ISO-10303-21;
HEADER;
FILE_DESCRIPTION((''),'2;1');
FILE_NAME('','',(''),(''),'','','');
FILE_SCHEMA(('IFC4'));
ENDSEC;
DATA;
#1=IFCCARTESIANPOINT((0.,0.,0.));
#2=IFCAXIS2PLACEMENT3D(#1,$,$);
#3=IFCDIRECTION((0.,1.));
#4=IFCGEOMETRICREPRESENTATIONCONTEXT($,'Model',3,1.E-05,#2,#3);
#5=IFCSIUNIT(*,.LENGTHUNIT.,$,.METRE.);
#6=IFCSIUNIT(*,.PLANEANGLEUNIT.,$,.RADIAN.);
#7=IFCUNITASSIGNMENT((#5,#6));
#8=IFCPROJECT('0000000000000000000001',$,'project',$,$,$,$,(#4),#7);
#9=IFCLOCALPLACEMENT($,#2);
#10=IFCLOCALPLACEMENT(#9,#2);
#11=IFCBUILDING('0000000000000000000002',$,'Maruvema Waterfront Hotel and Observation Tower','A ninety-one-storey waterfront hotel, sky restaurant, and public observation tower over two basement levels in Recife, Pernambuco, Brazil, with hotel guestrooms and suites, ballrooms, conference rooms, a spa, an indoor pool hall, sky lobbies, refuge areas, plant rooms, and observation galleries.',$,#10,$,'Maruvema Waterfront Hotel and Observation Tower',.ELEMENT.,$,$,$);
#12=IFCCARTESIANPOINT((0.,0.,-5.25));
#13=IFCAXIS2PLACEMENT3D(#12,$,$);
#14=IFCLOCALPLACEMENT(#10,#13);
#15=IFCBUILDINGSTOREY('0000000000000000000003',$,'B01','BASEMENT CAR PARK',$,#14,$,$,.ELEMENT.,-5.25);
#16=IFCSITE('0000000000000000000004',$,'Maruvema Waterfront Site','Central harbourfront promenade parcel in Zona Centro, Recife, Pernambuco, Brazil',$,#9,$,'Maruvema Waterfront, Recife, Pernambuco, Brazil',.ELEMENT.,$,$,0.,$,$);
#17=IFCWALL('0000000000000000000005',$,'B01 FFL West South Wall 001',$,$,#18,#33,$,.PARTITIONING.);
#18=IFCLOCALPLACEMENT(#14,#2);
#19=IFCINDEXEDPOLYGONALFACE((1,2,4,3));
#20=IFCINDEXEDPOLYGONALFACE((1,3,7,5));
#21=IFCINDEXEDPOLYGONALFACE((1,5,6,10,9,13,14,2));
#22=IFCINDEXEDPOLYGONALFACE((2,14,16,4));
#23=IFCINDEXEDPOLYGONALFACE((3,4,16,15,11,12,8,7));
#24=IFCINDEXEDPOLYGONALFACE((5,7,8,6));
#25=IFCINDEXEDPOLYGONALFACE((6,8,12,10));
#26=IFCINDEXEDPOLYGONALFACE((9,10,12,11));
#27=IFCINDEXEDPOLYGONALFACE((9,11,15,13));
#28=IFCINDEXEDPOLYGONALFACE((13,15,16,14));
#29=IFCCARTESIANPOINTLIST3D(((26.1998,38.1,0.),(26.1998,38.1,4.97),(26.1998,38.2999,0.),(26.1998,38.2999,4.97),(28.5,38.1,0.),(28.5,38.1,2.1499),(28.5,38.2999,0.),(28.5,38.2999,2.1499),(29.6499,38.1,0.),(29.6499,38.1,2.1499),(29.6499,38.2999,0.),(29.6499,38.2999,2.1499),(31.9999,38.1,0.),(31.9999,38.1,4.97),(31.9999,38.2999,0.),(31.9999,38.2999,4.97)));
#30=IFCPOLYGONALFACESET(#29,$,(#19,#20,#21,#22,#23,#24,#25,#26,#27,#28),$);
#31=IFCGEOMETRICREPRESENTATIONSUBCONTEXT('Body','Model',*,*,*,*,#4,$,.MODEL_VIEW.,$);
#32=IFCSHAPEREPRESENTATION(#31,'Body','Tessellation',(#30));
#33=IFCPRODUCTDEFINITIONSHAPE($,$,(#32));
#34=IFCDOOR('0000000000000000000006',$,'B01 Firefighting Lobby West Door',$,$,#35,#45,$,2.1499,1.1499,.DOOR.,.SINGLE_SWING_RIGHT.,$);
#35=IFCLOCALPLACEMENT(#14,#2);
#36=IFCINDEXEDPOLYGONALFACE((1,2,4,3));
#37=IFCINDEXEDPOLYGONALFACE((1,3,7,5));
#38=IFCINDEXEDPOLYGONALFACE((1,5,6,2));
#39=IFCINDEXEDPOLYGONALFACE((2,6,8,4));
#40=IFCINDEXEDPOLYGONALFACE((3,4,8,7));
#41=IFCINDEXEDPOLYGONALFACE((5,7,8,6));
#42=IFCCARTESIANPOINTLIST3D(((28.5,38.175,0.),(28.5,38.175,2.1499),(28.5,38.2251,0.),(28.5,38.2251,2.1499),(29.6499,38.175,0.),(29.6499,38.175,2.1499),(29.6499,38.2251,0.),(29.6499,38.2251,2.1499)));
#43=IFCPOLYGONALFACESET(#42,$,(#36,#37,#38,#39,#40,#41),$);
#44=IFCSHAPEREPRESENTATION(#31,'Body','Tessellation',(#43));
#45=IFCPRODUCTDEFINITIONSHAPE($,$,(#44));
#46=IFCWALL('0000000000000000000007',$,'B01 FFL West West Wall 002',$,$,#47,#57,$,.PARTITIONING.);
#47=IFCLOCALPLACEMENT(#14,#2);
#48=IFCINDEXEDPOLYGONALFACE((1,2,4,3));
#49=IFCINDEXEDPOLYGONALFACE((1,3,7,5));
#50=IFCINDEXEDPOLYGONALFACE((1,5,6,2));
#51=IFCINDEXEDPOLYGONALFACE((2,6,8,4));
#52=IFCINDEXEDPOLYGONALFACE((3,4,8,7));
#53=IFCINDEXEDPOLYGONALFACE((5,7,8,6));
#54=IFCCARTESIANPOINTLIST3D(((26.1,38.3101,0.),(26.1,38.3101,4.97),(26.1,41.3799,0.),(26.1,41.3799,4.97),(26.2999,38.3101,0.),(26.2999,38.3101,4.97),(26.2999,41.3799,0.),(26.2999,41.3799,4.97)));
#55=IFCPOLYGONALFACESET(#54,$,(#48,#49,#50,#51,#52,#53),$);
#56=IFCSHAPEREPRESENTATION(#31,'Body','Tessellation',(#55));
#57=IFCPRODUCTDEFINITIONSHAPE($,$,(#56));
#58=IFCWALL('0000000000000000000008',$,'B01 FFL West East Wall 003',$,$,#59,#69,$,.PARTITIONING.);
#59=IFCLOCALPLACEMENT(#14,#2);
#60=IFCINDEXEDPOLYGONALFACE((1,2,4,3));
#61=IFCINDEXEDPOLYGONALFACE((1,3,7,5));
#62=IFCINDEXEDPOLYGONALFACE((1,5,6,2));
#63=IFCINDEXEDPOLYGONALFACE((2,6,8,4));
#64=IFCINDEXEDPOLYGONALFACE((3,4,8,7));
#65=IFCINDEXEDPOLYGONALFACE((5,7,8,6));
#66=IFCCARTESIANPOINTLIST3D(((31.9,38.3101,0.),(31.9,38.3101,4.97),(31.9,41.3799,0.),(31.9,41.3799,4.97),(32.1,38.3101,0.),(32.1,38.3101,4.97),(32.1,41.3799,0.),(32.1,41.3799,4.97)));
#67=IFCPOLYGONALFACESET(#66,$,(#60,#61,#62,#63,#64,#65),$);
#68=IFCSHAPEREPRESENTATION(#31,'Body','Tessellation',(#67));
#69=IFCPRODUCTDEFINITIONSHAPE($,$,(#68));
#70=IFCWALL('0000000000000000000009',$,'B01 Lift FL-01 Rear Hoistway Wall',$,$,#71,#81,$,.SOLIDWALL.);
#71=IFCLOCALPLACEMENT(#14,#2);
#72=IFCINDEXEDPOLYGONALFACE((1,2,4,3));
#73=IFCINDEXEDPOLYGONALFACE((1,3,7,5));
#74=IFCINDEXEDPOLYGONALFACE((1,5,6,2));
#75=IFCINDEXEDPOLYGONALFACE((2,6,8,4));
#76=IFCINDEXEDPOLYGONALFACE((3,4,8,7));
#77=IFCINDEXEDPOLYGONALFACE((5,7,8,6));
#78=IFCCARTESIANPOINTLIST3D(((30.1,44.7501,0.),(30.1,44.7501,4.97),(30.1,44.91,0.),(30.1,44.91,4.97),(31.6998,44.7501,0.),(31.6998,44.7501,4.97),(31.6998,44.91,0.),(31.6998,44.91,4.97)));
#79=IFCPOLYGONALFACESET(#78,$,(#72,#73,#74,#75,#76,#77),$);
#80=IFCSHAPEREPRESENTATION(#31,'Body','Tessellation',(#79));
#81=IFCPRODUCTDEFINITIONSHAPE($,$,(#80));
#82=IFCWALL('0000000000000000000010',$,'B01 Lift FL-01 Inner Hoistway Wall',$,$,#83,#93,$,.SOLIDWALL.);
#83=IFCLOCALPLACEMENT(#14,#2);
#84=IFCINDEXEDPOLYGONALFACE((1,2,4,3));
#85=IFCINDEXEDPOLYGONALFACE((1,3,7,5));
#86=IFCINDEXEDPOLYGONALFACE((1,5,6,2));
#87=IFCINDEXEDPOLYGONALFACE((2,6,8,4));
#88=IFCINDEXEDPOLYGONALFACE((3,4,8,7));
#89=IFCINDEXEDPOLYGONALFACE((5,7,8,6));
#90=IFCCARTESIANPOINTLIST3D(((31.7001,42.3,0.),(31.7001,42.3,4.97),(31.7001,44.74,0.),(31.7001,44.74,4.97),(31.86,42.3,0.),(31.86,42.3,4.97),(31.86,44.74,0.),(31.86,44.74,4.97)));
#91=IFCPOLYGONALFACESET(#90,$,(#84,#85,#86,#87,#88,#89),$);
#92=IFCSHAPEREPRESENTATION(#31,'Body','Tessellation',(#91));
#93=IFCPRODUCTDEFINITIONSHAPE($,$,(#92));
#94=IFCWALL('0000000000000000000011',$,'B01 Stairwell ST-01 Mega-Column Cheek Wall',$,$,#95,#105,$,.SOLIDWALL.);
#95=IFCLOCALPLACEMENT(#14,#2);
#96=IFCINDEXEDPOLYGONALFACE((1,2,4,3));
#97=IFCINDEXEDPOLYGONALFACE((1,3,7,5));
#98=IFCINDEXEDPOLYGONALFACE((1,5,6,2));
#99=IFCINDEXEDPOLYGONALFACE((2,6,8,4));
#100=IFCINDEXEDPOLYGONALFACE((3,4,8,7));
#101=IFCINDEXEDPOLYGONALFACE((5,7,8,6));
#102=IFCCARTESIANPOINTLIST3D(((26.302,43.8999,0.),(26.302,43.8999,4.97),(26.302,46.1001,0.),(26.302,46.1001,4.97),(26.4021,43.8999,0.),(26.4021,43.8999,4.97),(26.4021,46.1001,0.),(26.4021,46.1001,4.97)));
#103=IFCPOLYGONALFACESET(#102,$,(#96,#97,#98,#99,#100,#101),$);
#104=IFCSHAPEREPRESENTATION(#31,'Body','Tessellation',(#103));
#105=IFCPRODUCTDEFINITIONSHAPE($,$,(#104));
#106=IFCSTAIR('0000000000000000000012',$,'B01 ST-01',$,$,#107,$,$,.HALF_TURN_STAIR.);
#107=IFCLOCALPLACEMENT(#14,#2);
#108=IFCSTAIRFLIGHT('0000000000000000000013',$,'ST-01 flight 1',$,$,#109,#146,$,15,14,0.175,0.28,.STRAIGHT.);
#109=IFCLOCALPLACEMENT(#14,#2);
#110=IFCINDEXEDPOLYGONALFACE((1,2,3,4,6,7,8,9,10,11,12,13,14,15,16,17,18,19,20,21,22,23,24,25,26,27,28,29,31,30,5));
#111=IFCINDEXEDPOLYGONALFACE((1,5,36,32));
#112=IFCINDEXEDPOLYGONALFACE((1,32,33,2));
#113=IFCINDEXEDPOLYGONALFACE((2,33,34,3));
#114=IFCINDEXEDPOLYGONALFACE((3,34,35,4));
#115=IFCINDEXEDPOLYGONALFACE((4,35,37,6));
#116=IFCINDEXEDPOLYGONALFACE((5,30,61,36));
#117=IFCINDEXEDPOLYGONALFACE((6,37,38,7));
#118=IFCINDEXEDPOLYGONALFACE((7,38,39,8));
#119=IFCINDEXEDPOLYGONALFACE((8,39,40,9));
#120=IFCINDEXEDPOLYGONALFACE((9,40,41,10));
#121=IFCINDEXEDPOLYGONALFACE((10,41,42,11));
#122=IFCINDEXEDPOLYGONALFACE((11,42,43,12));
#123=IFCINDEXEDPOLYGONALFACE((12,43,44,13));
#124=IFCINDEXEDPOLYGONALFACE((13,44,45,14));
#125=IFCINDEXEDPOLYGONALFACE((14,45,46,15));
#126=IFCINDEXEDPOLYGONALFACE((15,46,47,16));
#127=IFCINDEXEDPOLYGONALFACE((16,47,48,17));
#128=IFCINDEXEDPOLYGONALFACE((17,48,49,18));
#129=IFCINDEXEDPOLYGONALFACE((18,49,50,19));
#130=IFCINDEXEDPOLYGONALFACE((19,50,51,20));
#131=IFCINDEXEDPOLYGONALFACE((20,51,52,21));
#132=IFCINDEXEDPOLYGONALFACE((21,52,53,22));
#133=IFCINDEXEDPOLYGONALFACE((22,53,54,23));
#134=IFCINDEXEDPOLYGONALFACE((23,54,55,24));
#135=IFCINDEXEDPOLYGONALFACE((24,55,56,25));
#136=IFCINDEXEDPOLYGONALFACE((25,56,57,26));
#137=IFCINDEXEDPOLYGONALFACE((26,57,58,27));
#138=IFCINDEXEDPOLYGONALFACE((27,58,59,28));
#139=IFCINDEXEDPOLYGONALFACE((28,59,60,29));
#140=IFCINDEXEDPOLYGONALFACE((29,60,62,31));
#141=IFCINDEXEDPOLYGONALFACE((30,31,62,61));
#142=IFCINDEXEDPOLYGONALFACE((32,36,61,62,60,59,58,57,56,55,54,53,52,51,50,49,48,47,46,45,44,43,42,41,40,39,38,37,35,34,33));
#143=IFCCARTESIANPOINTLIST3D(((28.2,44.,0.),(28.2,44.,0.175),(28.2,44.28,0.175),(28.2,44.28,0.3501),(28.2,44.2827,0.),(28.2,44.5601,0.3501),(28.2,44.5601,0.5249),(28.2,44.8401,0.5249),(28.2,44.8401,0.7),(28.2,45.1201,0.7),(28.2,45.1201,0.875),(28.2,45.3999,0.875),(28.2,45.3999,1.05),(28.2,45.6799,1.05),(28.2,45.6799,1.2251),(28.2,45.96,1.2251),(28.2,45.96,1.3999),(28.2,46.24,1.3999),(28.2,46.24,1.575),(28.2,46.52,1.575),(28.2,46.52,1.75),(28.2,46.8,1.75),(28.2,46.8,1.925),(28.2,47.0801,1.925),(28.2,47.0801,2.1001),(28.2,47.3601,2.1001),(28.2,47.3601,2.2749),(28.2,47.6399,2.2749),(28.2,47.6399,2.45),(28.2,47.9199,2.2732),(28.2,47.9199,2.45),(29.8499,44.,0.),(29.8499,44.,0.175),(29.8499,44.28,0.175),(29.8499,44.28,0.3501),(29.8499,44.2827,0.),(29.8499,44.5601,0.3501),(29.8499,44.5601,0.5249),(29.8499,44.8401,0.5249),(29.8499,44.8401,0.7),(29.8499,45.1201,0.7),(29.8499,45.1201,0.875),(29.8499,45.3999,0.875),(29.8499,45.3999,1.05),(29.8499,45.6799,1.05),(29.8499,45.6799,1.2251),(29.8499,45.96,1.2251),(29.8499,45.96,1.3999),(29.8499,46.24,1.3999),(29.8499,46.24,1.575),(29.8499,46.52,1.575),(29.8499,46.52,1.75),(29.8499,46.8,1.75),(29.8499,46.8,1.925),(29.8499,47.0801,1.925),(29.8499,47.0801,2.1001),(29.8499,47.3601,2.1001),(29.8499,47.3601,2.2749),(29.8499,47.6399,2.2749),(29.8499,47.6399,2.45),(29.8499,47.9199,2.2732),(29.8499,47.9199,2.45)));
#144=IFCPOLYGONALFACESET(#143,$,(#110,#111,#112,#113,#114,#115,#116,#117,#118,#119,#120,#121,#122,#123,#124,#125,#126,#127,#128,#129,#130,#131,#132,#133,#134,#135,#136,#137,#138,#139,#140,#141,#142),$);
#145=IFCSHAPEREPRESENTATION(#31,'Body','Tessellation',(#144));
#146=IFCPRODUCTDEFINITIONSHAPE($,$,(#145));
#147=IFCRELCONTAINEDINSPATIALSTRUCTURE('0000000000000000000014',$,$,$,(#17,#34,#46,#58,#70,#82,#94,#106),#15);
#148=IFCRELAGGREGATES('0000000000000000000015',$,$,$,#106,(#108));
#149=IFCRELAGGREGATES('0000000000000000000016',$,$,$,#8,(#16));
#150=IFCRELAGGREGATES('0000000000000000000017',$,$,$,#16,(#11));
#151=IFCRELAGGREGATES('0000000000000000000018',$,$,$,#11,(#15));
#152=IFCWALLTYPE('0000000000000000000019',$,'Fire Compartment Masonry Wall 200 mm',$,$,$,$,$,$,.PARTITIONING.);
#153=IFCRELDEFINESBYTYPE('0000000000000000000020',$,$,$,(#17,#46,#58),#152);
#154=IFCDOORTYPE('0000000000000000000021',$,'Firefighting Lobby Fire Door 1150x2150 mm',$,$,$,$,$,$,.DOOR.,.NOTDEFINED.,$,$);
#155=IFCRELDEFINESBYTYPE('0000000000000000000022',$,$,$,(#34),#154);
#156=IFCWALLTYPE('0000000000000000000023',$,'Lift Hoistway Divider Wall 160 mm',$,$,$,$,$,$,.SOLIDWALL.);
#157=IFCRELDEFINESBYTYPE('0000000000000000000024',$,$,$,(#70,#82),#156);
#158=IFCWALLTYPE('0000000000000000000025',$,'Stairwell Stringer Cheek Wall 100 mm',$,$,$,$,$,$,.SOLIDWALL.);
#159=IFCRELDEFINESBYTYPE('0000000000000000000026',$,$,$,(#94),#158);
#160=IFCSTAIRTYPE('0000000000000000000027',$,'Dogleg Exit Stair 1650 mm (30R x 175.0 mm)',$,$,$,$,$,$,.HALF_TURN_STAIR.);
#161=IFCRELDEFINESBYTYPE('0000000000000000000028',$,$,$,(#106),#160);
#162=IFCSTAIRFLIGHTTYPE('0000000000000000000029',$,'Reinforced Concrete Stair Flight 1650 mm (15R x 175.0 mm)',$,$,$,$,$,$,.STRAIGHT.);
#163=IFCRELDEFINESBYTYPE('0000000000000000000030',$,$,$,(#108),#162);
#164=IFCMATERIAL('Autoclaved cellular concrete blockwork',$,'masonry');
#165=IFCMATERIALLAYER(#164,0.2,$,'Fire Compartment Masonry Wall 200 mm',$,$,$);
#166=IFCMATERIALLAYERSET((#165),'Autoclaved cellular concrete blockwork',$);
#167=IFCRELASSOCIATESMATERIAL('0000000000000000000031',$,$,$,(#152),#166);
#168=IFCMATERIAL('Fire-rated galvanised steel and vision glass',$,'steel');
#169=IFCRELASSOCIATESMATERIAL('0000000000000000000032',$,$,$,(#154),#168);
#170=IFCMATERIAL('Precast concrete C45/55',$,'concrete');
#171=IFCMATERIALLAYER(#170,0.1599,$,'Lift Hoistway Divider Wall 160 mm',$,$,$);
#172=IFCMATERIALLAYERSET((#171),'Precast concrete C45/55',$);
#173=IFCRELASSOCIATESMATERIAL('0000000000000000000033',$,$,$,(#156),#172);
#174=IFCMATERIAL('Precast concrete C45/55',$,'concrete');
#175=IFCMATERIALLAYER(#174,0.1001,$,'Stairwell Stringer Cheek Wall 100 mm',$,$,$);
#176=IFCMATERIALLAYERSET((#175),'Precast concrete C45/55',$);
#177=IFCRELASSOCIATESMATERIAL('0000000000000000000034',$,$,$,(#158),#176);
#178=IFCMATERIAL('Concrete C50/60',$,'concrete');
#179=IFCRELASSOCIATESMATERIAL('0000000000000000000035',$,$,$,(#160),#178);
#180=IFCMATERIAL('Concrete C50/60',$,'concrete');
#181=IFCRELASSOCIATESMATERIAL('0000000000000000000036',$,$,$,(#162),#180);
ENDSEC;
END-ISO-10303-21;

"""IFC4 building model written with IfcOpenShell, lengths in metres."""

from ifc_helpers import new_model, si_unit, direction, frame, frame_2d, origin, place, context, subcontext, project, spatial, polyline, rectangle, outline, extrude, material, layer, layer_set, type_object, element, fill, aggregate, save


model = new_model("IFC4")

# Units and contexts
model_context = context("Model", 3, precision=1e-05, world=origin(), true_north=direction((0.0, 1.0)))
body_context = subcontext(model_context, "Body", "Model", "MODEL_VIEW")
ifc_project = project(units=[si_unit("LENGTHUNIT", "METRE"), si_unit("PLANEANGLEUNIT", "RADIAN")], contexts=[model_context])

# Site, building, storey
site_placement = place(None, origin())
site = spatial("IfcSite", under=ifc_project, at=site_placement, Name="Maruvema Waterfront Site", Description="Central harbourfront promenade parcel in Zona Centro, Recife, Pernambuco, Brazil", LongName="Maruvema Waterfront, Recife, Pernambuco, Brazil", CompositionType="ELEMENT", RefElevation=0.0)
building_placement = place(site_placement, origin())
building = spatial("IfcBuilding", under=site, at=building_placement, Name="Maruvema Waterfront Hotel and Observation Tower", Description="A ninety-one-storey waterfront hotel, sky restaurant, and public observation tower over two basement levels in Recife, Pernambuco, Brazil, with hotel guestrooms and suites, ballrooms, conference rooms, a spa, an indoor pool hall, sky lobbies, refuge areas, plant rooms, and observation galleries.", LongName="Maruvema Waterfront Hotel and Observation Tower", CompositionType="ELEMENT")
storey_placement = place(building_placement, frame((0.0, 0.0, -5.25)))
storey = spatial("IfcBuildingStorey", under=building, at=storey_placement, Name="B01", Description="BASEMENT CAR PARK", CompositionType="ELEMENT", Elevation=-5.25)

# Wall, opening, door
ifc_material_1 = material(Name="Autoclaved cellular concrete blockwork", Category="masonry")
ifc_layer_1 = layer(ifc_material_1, 0.2, Name="Fire Compartment Masonry Wall 200 mm")
ifc_layer_set_1 = layer_set([ifc_layer_1], Name="Autoclaved cellular concrete blockwork")
wall_type_1 = type_object("IfcWallType", Name="Fire Compartment Masonry Wall 200 mm", PredefinedType="PARTITIONING", material=ifc_layer_set_1)
wall_1_placement = place(storey_placement, frame((26.2, 38.2, 0.0), z_axis=(0.0, 0.0, 1.0), x_axis=(1.0, 0.0, 0.0)))
wall_1 = element("IfcWall", 1, at=wall_1_placement, inside=storey, type_object=wall_type_1, Name="B01 FFL West South Wall 001", PredefinedType="PARTITIONING", context=body_context, shape_type="SweptSolid", body=[
    extrude(rectangle(XDim=5.8, YDim=0.2, at=frame_2d((2.8999, 0.0))), origin(), (0.0, 0.0, 1.0), 4.97),
])
opening_1_placement = place(wall_1_placement, frame((2.3, 0.0, 0.0)))
opening_1 = element("IfcOpeningElement", 2, at=opening_1_placement, cuts=wall_1, PredefinedType="OPENING", context=body_context, shape_type="SweptSolid", body=[
    extrude(rectangle(XDim=1.1499, YDim=2.1499, at=frame_2d((0.575, 1.075))), frame((0.0, 0.1099, 0.0), z_axis=(0.0, -1.0, 0.0), x_axis=(1.0, 0.0, 0.0)), (0.0, 0.0, 1.0), 0.22),
])
ifc_material_2 = material(Name="Fire-rated galvanised steel and vision glass", Category="steel")
door_type_1 = type_object("IfcDoorType", Name="Firefighting Lobby Fire Door 1150x2150 mm", OperationType="NOTDEFINED", PredefinedType="DOOR", material=ifc_material_2)
door_1_placement = place(opening_1_placement, frame((1.1499, 0.0, 0.0), z_axis=(0.0, 0.0, 1.0), x_axis=(-1.0, 0.0, 0.0)))
door_1 = element("IfcDoor", 3, at=door_1_placement, inside=storey, type_object=door_type_1, Name="B01 Firefighting Lobby West Door", OperationType="SINGLE_SWING_RIGHT", OverallHeight=2.1499, OverallWidth=1.1499, PredefinedType="DOOR", context=body_context, shape_type="SweptSolid", body=[
    extrude(rectangle(XDim=1.1499, YDim=2.1499, at=frame_2d((0.575, 1.075))), frame((0.0, 0.0249, 0.0), z_axis=(0.0, -1.0, 0.0), x_axis=(1.0, 0.0, 0.0)), (0.0, 0.0, 1.0), 0.05),
])
fill(opening_1, door_1)

# Walls
for number, where, z_axis, x_axis, name in (
    (4, (26.2, 38.3101, 0.0), (0.0, 0.0, 1.0), (0.0, 1.0, 0.0), "B01 FFL West West Wall 002"),
    (5, (32.0, 38.3101, 0.0), (0.0, 0.0, 1.0), (0.0, 1.0, 0.0), "B01 FFL West East Wall 003"),
):
    element("IfcWall", number, at=place(storey_placement, frame(where, z_axis=z_axis, x_axis=x_axis)), inside=storey, type_object=wall_type_1, Name=name, PredefinedType="PARTITIONING", context=body_context, shape_type="SweptSolid", body=[
        extrude(rectangle(XDim=3.0698, YDim=0.2, at=frame_2d((1.5349, 0.0))), origin(), (0.0, 0.0, 1.0), 4.97),
    ])
ifc_material_3 = material(Name="Precast concrete C45/55", Category="concrete")
ifc_layer_2 = layer(ifc_material_3, 0.1599, Name="Lift Hoistway Divider Wall 160 mm")
ifc_layer_set_2 = layer_set([ifc_layer_2], Name="Precast concrete C45/55")
wall_type_2 = type_object("IfcWallType", Name="Lift Hoistway Divider Wall 160 mm", PredefinedType="SOLIDWALL", material=ifc_layer_set_2)
wall_2_placement = place(storey_placement, frame((30.1001, 44.8301, 0.0), z_axis=(0.0, 0.0, 1.0), x_axis=(1.0, 0.0, 0.0)))
element("IfcWall", 6, at=wall_2_placement, inside=storey, type_object=wall_type_2, Name="B01 Lift FL-01 Rear Hoistway Wall", PredefinedType="SOLIDWALL", context=body_context, shape_type="SweptSolid", body=[
    extrude(rectangle(XDim=1.5999, YDim=0.1599, at=frame_2d((0.7998, 0.0))), origin(), (0.0, 0.0, 1.0), 4.97),
])
wall_3_placement = place(storey_placement, frame((31.78, 42.3, 0.0), z_axis=(0.0, 0.0, 1.0), x_axis=(0.0, 1.0, 0.0)))
element("IfcWall", 7, at=wall_3_placement, inside=storey, type_object=wall_type_2, Name="B01 Lift FL-01 Inner Hoistway Wall", PredefinedType="SOLIDWALL", context=body_context, shape_type="SweptSolid", body=[
    extrude(rectangle(XDim=2.4399, YDim=0.1599, at=frame_2d((1.22, 0.0))), origin(), (0.0, 0.0, 1.0), 4.97),
])
ifc_material_4 = material(Name="Precast concrete C45/55", Category="concrete")
ifc_layer_3 = layer(ifc_material_4, 0.1001, Name="Stairwell Stringer Cheek Wall 100 mm")
ifc_layer_set_3 = layer_set([ifc_layer_3], Name="Precast concrete C45/55")
wall_type_3 = type_object("IfcWallType", Name="Stairwell Stringer Cheek Wall 100 mm", PredefinedType="SOLIDWALL", material=ifc_layer_set_3)
wall_4_placement = place(storey_placement, frame((26.3521, 43.8999, 0.0), z_axis=(0.0, 0.0, 1.0), x_axis=(0.0, 1.0, 0.0)))
element("IfcWall", 8, at=wall_4_placement, inside=storey, type_object=wall_type_3, Name="B01 Stairwell ST-01 Mega-Column Cheek Wall", PredefinedType="SOLIDWALL", context=body_context, shape_type="SweptSolid", body=[
    extrude(rectangle(XDim=2.2002, YDim=0.1001, at=frame_2d((1.1001, 0.0))), origin(), (0.0, 0.0, 1.0), 4.97),
])

# Stair, stair flight
ifc_material_5 = material(Name="Concrete C50/60", Category="concrete")
stair_type = type_object("IfcStairType", Name="Dogleg Exit Stair 1650 mm (30R x 175.0 mm)", PredefinedType="HALF_TURN_STAIR", material=ifc_material_5)
stair_placement = place(storey_placement, origin())
stair = element("IfcStair", 9, at=stair_placement, inside=storey, type_object=stair_type, Name="B01 ST-01", PredefinedType="HALF_TURN_STAIR")
ifc_material_6 = material(Name="Concrete C50/60", Category="concrete")
stair_flight_type = type_object("IfcStairFlightType", Name="Reinforced Concrete Stair Flight 1650 mm (15R x 175.0 mm)", PredefinedType="STRAIGHT", material=ifc_material_6)
stair_flight_placement = place(storey_placement, frame((29.0249, 44.0, 0.0), z_axis=(0.0, 0.0, 1.0), x_axis=(0.0, 1.0, 0.0)))
stair_flight = element("IfcStairFlight", 10, at=stair_flight_placement, type_object=stair_flight_type, Name="ST-01 flight 1", NumberOfRisers=15, NumberOfTreads=14, PredefinedType="STRAIGHT", RiserHeight=0.175, TreadLength=0.28, context=body_context, shape_type="SweptSolid", body=[
    extrude(outline(polyline([(0.0, 0.0), (0.0, 0.175), (0.28, 0.175), (0.28, 0.3501), (0.5601, 0.3501), (0.5601, 0.5249), (0.8401, 0.5249), (0.8401, 0.7), (1.1201, 0.7), (1.1201, 0.875), (1.3999, 0.875), (1.3999, 1.05), (1.6799, 1.05), (1.6799, 1.2251), (1.96, 1.2251), (1.96, 1.3999), (2.24, 1.3999), (2.24, 1.575), (2.52, 1.575), (2.52, 1.75), (2.8, 1.75), (2.8, 1.925), (3.0801, 1.925), (3.0801, 2.1001), (3.3601, 2.1001), (3.3601, 2.2749), (3.6399, 2.2749), (3.6399, 2.45), (3.9199, 2.45), (3.9199, 2.625), (3.9199, 2.2732), (0.2827, 0.0), (0.0, 0.0)])), frame((0.0, 0.825, 0.0), z_axis=(0.0, -1.0, 0.0), x_axis=(1.0, 0.0, 0.0)), (0.0, 0.0, 1.0), 1.6499),
])
aggregate(stair, [stair_flight])

save(model, "model.ifc")
